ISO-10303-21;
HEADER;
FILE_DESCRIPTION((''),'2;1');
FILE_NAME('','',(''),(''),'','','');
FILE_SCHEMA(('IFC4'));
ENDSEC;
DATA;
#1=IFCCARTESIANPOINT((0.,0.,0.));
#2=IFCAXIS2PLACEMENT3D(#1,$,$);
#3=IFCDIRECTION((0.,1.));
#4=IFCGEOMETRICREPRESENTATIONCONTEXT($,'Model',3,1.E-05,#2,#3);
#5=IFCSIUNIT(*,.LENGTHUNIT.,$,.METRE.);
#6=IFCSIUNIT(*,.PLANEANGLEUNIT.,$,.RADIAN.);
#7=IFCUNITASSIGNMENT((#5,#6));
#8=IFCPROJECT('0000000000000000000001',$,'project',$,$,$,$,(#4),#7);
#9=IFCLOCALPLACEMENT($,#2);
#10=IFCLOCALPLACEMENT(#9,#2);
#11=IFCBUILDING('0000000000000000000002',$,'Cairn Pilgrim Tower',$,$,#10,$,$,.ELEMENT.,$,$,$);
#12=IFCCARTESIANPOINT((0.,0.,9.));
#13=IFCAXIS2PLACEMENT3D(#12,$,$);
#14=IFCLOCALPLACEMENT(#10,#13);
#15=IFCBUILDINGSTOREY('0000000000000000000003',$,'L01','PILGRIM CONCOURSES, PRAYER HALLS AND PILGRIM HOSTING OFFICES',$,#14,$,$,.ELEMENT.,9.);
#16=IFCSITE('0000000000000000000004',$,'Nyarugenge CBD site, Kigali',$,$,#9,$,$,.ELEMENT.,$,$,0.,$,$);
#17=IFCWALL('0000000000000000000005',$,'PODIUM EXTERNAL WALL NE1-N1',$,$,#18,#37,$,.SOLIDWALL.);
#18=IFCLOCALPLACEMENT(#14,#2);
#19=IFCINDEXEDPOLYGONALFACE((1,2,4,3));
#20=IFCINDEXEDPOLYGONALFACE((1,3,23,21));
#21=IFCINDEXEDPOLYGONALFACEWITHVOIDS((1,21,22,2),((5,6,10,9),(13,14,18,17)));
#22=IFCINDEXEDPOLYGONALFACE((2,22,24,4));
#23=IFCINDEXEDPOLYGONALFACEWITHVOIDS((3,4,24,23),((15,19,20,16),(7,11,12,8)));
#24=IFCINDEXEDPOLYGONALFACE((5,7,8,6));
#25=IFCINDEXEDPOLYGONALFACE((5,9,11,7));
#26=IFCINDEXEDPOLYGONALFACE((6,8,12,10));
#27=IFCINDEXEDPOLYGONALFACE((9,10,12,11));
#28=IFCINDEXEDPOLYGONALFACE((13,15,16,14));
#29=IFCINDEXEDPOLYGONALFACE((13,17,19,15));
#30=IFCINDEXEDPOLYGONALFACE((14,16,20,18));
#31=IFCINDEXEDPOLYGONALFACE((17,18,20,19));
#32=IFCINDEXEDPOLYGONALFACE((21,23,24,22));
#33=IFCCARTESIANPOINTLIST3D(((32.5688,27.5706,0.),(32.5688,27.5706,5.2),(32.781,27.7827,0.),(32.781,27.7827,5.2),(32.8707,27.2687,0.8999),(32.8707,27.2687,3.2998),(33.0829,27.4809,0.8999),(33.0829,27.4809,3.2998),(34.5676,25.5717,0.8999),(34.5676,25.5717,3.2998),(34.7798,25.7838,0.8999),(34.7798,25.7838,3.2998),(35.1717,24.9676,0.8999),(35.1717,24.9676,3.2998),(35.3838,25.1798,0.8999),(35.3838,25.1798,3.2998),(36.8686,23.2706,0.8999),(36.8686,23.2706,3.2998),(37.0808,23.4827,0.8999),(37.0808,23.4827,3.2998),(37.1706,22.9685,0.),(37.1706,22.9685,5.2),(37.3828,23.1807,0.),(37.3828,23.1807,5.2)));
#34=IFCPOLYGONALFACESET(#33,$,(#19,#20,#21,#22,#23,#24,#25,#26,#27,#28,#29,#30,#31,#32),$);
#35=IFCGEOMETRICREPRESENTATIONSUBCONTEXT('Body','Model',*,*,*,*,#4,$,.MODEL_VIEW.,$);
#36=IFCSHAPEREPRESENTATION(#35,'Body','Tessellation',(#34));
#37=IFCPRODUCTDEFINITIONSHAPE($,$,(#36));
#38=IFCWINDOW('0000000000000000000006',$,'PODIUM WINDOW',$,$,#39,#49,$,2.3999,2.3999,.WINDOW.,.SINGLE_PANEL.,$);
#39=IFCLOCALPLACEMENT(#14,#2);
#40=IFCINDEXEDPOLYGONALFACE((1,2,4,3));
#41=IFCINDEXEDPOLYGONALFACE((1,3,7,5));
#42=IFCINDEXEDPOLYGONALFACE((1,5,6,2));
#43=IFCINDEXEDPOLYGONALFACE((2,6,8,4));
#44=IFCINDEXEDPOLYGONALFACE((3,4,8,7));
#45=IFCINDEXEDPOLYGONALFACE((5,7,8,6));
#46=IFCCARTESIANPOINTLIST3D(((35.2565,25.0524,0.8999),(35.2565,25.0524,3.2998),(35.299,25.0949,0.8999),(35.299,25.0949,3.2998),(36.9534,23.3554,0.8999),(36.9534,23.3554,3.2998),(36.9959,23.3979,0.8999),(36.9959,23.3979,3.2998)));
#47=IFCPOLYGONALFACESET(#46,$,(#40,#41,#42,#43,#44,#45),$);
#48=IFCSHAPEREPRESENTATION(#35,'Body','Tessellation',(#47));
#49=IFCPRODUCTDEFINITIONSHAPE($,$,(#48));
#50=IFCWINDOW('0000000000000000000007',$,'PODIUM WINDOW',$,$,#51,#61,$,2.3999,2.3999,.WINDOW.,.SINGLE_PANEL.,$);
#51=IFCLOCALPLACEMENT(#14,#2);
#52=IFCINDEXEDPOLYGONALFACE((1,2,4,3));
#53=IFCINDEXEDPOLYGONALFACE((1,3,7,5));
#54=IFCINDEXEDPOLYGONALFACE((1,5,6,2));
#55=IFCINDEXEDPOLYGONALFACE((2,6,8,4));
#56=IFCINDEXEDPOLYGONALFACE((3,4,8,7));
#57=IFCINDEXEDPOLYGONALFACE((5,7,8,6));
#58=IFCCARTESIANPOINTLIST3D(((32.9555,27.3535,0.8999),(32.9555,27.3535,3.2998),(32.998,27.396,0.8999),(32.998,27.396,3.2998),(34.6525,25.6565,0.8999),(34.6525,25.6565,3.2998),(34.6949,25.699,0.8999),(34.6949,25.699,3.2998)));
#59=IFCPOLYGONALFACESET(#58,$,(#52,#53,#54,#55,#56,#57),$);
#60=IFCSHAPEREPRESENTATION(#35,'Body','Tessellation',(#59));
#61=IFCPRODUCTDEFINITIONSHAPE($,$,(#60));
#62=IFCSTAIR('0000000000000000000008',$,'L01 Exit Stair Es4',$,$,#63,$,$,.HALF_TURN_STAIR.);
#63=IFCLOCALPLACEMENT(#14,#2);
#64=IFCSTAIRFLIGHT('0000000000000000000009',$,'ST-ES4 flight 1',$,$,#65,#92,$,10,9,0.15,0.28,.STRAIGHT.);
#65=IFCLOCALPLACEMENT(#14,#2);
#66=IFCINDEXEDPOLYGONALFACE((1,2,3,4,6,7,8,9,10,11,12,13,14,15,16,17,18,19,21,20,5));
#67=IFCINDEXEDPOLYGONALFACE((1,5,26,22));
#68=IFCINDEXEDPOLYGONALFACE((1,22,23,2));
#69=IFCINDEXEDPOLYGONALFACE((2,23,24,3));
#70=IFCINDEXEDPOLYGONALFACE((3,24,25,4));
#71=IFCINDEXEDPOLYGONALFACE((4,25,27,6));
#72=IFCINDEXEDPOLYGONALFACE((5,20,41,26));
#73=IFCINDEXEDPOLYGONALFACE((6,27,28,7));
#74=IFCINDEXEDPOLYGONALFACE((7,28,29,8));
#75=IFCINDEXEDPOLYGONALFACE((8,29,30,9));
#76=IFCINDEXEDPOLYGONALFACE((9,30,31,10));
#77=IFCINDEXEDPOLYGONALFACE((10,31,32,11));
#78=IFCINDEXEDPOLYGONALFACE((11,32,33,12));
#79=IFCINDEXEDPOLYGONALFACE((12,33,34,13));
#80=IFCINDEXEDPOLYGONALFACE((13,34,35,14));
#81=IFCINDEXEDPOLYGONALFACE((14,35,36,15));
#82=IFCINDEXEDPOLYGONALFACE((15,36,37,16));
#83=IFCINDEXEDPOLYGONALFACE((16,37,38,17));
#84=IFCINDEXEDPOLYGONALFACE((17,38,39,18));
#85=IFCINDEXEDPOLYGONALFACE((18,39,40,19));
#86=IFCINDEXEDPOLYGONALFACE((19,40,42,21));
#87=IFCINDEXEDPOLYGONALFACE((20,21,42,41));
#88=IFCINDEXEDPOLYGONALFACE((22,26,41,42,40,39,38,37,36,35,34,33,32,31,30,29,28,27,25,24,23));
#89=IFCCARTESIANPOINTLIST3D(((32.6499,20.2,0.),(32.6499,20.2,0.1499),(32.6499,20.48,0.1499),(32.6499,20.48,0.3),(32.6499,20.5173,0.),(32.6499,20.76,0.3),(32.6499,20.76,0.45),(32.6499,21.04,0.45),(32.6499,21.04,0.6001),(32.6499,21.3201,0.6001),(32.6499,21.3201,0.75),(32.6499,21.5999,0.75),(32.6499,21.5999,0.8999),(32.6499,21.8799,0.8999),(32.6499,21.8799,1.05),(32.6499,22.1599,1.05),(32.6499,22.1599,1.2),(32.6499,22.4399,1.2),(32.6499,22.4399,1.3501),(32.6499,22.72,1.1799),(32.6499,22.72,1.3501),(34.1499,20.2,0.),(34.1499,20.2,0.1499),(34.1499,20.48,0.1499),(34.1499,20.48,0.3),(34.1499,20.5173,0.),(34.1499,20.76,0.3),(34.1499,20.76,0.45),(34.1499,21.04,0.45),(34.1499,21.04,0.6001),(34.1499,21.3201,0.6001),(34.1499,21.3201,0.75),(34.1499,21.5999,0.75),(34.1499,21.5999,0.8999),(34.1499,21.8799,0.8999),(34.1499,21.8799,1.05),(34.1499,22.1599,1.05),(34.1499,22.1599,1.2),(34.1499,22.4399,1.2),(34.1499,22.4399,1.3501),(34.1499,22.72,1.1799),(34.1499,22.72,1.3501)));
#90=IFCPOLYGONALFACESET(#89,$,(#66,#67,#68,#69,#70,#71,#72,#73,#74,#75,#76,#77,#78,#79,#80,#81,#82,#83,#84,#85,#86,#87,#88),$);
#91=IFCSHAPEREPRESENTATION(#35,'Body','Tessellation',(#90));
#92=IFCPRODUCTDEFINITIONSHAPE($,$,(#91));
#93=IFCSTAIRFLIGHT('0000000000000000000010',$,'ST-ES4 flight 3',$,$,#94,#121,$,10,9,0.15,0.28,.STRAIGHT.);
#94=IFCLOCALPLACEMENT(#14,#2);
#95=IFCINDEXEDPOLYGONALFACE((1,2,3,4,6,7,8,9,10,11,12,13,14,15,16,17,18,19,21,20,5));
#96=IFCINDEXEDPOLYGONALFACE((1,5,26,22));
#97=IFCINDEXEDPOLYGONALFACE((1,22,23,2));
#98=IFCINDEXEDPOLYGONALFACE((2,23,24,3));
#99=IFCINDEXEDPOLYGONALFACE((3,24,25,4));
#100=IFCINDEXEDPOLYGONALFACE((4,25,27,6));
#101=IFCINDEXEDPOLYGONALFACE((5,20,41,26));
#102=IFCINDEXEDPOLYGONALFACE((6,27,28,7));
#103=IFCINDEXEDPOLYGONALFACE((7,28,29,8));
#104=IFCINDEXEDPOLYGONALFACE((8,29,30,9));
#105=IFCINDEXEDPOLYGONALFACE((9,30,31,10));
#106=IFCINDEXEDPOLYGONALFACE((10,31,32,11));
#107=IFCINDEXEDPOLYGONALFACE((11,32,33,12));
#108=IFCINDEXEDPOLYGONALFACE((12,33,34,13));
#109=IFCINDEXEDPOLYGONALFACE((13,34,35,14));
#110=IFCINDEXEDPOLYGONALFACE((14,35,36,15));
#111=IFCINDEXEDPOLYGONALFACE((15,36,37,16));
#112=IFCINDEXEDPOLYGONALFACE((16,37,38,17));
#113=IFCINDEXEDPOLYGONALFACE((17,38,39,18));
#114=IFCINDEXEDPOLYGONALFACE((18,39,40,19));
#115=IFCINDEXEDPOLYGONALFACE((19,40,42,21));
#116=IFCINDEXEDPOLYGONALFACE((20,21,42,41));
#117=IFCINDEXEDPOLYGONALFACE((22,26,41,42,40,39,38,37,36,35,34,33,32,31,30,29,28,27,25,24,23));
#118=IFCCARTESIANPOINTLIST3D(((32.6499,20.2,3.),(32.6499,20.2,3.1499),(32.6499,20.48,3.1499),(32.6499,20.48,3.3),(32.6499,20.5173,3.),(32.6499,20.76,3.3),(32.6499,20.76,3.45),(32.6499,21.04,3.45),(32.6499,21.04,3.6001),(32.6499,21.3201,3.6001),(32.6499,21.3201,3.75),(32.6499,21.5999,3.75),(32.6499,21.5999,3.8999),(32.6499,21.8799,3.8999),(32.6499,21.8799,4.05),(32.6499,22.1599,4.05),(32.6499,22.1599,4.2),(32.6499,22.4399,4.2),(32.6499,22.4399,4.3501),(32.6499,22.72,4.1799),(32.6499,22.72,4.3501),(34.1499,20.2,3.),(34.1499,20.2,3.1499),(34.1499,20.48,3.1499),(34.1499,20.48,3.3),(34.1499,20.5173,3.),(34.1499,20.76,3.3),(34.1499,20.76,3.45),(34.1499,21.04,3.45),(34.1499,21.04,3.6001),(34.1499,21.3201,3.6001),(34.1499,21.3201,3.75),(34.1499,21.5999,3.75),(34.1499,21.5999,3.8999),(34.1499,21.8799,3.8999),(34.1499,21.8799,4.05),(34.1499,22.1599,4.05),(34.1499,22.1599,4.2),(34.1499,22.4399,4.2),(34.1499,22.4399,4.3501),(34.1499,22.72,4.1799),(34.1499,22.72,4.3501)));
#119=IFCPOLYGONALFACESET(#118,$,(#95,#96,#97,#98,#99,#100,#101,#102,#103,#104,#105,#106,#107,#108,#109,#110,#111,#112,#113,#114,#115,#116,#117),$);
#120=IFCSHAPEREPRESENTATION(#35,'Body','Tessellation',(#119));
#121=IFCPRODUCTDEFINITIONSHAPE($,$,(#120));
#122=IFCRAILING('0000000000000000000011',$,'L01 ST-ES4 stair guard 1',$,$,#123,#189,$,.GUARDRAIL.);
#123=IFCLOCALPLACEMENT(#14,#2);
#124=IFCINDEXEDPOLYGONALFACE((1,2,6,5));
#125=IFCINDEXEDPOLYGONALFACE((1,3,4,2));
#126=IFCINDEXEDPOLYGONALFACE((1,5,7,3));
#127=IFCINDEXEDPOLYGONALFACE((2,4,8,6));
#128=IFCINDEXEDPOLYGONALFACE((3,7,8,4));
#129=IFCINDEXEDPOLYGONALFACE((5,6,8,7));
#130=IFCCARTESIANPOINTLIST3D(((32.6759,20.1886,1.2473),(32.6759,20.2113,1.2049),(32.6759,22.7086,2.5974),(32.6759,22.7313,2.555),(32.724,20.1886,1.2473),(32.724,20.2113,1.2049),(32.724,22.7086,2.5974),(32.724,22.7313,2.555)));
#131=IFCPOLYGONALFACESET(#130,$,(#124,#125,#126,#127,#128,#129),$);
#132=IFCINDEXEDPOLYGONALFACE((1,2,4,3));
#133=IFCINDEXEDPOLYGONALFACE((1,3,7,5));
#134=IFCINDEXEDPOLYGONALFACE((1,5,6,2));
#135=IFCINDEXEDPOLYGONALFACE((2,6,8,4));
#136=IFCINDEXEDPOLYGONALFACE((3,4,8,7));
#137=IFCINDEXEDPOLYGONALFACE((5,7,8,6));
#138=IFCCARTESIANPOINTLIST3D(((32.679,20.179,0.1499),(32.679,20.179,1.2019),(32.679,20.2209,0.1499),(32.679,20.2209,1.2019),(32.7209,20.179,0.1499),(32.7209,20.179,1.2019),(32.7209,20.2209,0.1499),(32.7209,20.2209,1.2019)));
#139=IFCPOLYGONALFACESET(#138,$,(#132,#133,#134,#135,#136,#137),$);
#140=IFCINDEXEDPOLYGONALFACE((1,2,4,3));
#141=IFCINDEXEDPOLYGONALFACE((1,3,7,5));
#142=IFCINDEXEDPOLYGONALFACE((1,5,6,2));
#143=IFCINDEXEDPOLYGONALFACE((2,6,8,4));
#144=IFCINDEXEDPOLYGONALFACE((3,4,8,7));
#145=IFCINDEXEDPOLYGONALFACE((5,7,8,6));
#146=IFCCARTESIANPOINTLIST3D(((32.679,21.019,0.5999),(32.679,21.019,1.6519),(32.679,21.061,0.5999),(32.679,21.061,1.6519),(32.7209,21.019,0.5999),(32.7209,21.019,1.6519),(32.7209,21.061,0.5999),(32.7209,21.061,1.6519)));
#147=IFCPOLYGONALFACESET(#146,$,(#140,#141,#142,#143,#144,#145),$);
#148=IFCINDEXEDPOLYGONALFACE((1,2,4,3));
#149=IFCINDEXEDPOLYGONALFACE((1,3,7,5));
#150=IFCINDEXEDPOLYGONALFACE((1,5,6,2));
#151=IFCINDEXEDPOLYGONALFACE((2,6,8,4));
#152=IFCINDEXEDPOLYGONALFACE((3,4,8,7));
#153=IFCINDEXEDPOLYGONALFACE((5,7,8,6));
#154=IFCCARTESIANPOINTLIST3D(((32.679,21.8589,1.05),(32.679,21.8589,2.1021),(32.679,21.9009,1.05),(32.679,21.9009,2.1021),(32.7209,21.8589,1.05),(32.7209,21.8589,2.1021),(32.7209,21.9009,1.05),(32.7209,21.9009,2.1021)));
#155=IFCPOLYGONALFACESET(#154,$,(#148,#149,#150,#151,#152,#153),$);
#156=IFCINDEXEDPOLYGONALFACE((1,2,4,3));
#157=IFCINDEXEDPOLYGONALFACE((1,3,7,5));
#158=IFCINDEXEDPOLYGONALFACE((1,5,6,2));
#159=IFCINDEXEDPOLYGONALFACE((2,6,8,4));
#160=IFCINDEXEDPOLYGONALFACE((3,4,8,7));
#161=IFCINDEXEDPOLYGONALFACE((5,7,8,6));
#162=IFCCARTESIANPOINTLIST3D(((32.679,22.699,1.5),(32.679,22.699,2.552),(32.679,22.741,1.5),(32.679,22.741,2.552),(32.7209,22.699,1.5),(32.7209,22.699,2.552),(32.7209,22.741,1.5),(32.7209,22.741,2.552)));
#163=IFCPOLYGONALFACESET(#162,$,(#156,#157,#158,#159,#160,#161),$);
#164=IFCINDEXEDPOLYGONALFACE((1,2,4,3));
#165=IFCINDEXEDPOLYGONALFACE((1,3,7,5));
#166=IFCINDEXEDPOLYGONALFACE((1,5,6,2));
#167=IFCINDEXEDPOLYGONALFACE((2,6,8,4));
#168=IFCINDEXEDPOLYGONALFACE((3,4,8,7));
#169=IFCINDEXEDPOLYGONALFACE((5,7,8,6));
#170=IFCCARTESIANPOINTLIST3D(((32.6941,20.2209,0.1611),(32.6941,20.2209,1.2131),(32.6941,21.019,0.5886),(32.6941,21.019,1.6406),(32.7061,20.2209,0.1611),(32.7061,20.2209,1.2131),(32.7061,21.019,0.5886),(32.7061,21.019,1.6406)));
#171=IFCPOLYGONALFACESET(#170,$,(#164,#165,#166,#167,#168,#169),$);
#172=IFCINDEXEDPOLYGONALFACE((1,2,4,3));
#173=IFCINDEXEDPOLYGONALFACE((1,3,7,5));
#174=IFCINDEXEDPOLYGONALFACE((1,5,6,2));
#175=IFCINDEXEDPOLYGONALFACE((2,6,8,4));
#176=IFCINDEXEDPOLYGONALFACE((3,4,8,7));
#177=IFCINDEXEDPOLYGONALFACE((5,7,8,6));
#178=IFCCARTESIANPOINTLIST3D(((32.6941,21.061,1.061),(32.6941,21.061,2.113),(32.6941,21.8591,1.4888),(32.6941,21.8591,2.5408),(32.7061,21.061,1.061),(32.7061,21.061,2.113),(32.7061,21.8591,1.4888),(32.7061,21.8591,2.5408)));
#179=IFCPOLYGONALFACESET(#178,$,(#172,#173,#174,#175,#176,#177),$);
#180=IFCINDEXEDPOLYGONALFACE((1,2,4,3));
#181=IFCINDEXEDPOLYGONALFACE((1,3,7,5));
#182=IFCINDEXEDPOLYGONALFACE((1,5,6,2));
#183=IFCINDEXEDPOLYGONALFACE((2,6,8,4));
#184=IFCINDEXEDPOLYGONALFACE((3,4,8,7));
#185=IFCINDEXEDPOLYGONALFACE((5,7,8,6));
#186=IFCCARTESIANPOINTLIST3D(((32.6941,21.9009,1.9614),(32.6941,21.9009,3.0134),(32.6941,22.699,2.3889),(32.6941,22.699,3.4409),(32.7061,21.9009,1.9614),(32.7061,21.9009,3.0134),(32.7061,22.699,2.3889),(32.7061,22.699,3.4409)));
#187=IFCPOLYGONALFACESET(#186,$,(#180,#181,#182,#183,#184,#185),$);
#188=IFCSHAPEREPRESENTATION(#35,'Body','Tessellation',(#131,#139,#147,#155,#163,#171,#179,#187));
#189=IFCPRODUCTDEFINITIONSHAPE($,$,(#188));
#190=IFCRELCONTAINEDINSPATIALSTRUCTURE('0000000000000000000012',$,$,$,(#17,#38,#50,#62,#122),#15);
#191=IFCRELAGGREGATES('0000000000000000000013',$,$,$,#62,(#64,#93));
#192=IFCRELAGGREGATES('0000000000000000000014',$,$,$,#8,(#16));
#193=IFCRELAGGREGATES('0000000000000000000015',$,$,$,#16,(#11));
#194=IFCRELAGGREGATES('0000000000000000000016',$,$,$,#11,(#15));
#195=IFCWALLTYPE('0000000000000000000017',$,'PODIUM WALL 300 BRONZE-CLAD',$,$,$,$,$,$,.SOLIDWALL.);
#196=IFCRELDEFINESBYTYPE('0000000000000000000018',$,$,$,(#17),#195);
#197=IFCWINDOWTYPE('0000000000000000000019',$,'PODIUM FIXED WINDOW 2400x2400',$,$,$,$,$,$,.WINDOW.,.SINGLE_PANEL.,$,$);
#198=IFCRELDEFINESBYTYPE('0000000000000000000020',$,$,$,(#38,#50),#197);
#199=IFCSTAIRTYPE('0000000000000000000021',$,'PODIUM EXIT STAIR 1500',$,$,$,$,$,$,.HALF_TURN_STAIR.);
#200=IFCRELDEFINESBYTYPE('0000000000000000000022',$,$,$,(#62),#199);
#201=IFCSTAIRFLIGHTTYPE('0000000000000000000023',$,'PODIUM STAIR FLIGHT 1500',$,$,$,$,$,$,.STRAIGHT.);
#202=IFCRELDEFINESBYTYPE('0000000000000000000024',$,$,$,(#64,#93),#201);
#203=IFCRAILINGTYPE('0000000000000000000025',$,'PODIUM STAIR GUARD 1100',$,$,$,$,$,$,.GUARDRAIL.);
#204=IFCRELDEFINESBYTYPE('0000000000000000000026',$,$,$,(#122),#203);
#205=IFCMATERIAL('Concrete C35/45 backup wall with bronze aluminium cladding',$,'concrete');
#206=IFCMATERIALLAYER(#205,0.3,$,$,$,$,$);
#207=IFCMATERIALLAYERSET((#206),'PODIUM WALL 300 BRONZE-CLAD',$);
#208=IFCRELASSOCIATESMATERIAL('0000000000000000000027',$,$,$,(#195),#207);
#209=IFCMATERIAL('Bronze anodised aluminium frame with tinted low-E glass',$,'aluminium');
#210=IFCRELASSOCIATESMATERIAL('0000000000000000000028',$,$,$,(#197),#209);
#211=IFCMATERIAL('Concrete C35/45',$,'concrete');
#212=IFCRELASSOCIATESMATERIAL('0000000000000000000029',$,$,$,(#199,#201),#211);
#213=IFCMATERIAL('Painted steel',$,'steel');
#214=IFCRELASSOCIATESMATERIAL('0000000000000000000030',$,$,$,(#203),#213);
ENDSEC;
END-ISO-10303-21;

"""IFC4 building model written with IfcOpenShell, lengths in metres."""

from ifc_helpers import new_model, si_unit, direction, frame, frame_2d, origin, origin_2d, place, context, subcontext, project, spatial, polyline, rectangle, outline, extrude, material, layer, layer_set, type_object, element, fill, aggregate, save


model = new_model("IFC4")

# Units and contexts
model_context = context("Model", 3, precision=1e-05, world=origin(), true_north=direction((0.0, 1.0)))
body_context = subcontext(model_context, "Body", "Model", "MODEL_VIEW")
ifc_project = project(units=[si_unit("LENGTHUNIT", "METRE"), si_unit("PLANEANGLEUNIT", "RADIAN")], contexts=[model_context])

# Site, building, storey
site_placement = place(None, origin())
site = spatial("IfcSite", under=ifc_project, at=site_placement, Name="Nyarugenge CBD site, Kigali", CompositionType="ELEMENT", RefElevation=0.0)
building_placement = place(site_placement, origin())
building = spatial("IfcBuilding", under=site, at=building_placement, Name="Cairn Pilgrim Tower", CompositionType="ELEMENT")
storey_placement = place(building_placement, frame((0.0, 0.0, 9.0)))
storey = spatial("IfcBuildingStorey", under=building, at=storey_placement, Name="L01", Description="PILGRIM CONCOURSES, PRAYER HALLS AND PILGRIM HOSTING OFFICES", CompositionType="ELEMENT", Elevation=9.0)

# Shared definitions
ifc_material_1 = material(Name="Concrete C35/45", Category="concrete")

# Wall, openings, windows
ifc_material_2 = material(Name="Concrete C35/45 backup wall with bronze aluminium cladding", Category="concrete")
ifc_layer_1 = layer(ifc_material_2, 0.3)
ifc_layer_set_1 = layer_set([ifc_layer_1], Name="PODIUM WALL 300 BRONZE-CLAD")
wall_type_1 = type_object("IfcWallType", Name="PODIUM WALL 300 BRONZE-CLAD", PredefinedType="SOLIDWALL", material=ifc_layer_set_1)
ifc_material_3 = material(Name="Bronze anodised aluminium frame with tinted low-E glass", Category="aluminium")
window_type = type_object("IfcWindowType", Name="PODIUM FIXED WINDOW 2400x2400", PartitioningType="SINGLE_PANEL", PredefinedType="WINDOW", material=ifc_material_3)
wall_1_placement = place(storey_placement, frame((37.2766, 23.0747, 0.0), z_axis=(0.0, 0.0, 1.0), x_axis=(-0.707088, 0.707126, 0.0)))
wall_1 = element("IfcWall", 1, at=wall_1_placement, inside=storey, type_object=wall_type_1, Name="PODIUM EXTERNAL WALL NE1-N1", PredefinedType="SOLIDWALL", context=body_context, shape_type="SweptSolid", body=[
    extrude(rectangle(XDim=6.5081, YDim=0.3, at=frame_2d((3.2539, 0.0))), origin(), (0.0, 0.0, 1.0), 5.2),
])
opening_1_placement = place(wall_1_placement, frame((0.427, 0.0, 0.8999)))
opening_1 = element("IfcOpeningElement", 2, at=opening_1_placement, cuts=wall_1, PredefinedType="OPENING", context=body_context, shape_type="SweptSolid", body=[
    extrude(rectangle(XDim=2.3999, YDim=2.3999, at=frame_2d((1.2, 1.2))), frame((0.0, 0.1602, 0.0), z_axis=(0.0, -1.0, 0.0), x_axis=(1.0, 0.0, 0.0)), (0.0, 0.0, 1.0), 0.3201),
])
opening_2_placement = place(wall_1_placement, frame((3.6812, 0.0, 0.8999)))
opening_2 = element("IfcOpeningElement", 3, at=opening_2_placement, cuts=wall_1, PredefinedType="OPENING", context=body_context, shape_type="SweptSolid", body=[
    extrude(rectangle(XDim=2.3999, YDim=2.3999, at=frame_2d((1.2, 1.2))), frame((0.0, 0.1602, 0.0), z_axis=(0.0, -1.0, 0.0), x_axis=(1.0, 0.0, 0.0)), (0.0, 0.0, 1.0), 0.3201),
])
window_1_placement = place(opening_1_placement, origin())
window_1 = element("IfcWindow", 4, at=window_1_placement, inside=storey, type_object=window_type, Name="PODIUM WINDOW", OverallHeight=2.3999, OverallWidth=2.3999, PartitioningType="SINGLE_PANEL", PredefinedType="WINDOW", context=body_context, shape_type="SweptSolid", body=[
    extrude(rectangle(XDim=2.3999, YDim=2.3999, at=frame_2d((1.2, 1.2))), frame((0.0, 0.03, 0.0), z_axis=(0.0, -1.0, 0.0), x_axis=(1.0, 0.0, 0.0)), (0.0, 0.0, 1.0), 0.0601),
])
fill(opening_1, window_1)
window_2_placement = place(opening_2_placement, origin())
window_2 = element("IfcWindow", 5, at=window_2_placement, inside=storey, type_object=window_type, Name="PODIUM WINDOW", OverallHeight=2.3999, OverallWidth=2.3999, PartitioningType="SINGLE_PANEL", PredefinedType="WINDOW", context=body_context, shape_type="SweptSolid", body=[
    extrude(rectangle(XDim=2.3999, YDim=2.3999, at=frame_2d((1.2, 1.2))), frame((0.0, 0.03, 0.0), z_axis=(0.0, -1.0, 0.0), x_axis=(1.0, 0.0, 0.0)), (0.0, 0.0, 1.0), 0.0601),
])
fill(opening_2, window_2)

# Stair, stair flights
stair_type = type_object("IfcStairType", Name="PODIUM EXIT STAIR 1500", PredefinedType="HALF_TURN_STAIR", material=ifc_material_1)
stair_placement = place(storey_placement, origin())
stair = element("IfcStair", 6, at=stair_placement, inside=storey, type_object=stair_type, Name="L01 Exit Stair Es4", PredefinedType="HALF_TURN_STAIR")
stair_flight_type = type_object("IfcStairFlightType", Name="PODIUM STAIR FLIGHT 1500", PredefinedType="STRAIGHT", material=ifc_material_1)
stair_flight_1_placement = place(storey_placement, frame((33.3999, 20.2, 0.0), z_axis=(0.0, 0.0, 1.0), x_axis=(0.0, 1.0, 0.0)))
stair_flight_1 = element("IfcStairFlight", 7, at=stair_flight_1_placement, type_object=stair_flight_type, Name="ST-ES4 flight 1", NumberOfRisers=10, NumberOfTreads=9, PredefinedType="STRAIGHT", RiserHeight=0.15, TreadLength=0.28, context=body_context, shape_type="SweptSolid", body=[
    extrude(outline(polyline([(0.0, 0.0), (0.0, 0.1499), (0.28, 0.1499), (0.28, 0.3), (0.5601, 0.3), (0.5601, 0.45), (0.8401, 0.45), (0.8401, 0.6001), (1.1201, 0.6001), (1.1201, 0.75), (1.3999, 0.75), (1.3999, 0.8999), (1.6799, 0.8999), (1.6799, 1.05), (1.96, 1.05), (1.96, 1.2), (2.24, 1.2), (2.24, 1.3501), (2.52, 1.3501), (2.52, 1.5), (2.52, 1.1799), (0.3174, 0.0), (0.0, 0.0)])), frame((0.0, 0.75, 0.0), z_axis=(0.0, -1.0, 0.0), x_axis=(1.0, 0.0, 0.0)), (0.0, 0.0, 1.0), 1.5),
])
stair_flight_2_placement = place(storey_placement, frame((33.3999, 20.2, 3.0), z_axis=(0.0, 0.0, 1.0), x_axis=(0.0, 1.0, 0.0)))
stair_flight_2 = element("IfcStairFlight", 8, at=stair_flight_2_placement, type_object=stair_flight_type, Name="ST-ES4 flight 3", NumberOfRisers=10, NumberOfTreads=9, PredefinedType="STRAIGHT", RiserHeight=0.15, TreadLength=0.28, context=body_context, shape_type="SweptSolid", body=[
    extrude(outline(polyline([(0.0, 0.0), (0.0, 0.1499), (0.28, 0.1499), (0.28, 0.3), (0.5601, 0.3), (0.5601, 0.45), (0.8401, 0.45), (0.8401, 0.6001), (1.1201, 0.6001), (1.1201, 0.75), (1.3999, 0.75), (1.3999, 0.8999), (1.6799, 0.8999), (1.6799, 1.05), (1.96, 1.05), (1.96, 1.2), (2.24, 1.2), (2.24, 1.3501), (2.52, 1.3501), (2.52, 1.5), (2.52, 1.1799), (0.3174, 0.0), (0.0, 0.0)])), frame((0.0, 0.75, 0.0), z_axis=(0.0, -1.0, 0.0), x_axis=(1.0, 0.0, 0.0)), (0.0, 0.0, 1.0), 1.5),
])
aggregate(stair, [stair_flight_1, stair_flight_2])

# Railing
ifc_material_4 = material(Name="Painted steel", Category="steel")
railing_type_1 = type_object("IfcRailingType", Name="PODIUM STAIR GUARD 1100", PredefinedType="GUARDRAIL", material=ifc_material_4)
railing_1_placement = place(storey_placement, frame((32.7, 20.2, 0.1499)))
element("IfcRailing", 9, at=railing_1_placement, inside=storey, type_object=railing_type_1, Name="L01 ST-ES4 stair guard 1", PredefinedType="GUARDRAIL", context=body_context, shape_type="SweptSolid", body=[
    extrude(rectangle(XDim=0.0481, YDim=0.0481, at=origin_2d()), frame((0.0, 0.0, 1.0762), z_axis=(0.0, 0.881467, 0.472245), x_axis=(-1.0, 0.0, 0.0)), (0.0, 0.0, 1.0), 2.8589),
    extrude(rectangle(XDim=0.042, YDim=0.042, at=origin_2d()), origin(), (0.0, 0.0, 1.0), 1.052),
    extrude(rectangle(XDim=0.042, YDim=0.042, at=origin_2d()), frame((0.0, 0.8401, 0.45)), (0.0, 0.0, 1.0), 1.052),
    extrude(rectangle(XDim=0.042, YDim=0.042, at=origin_2d()), frame((0.0, 1.6799, 0.9001)), (0.0, 0.0, 1.0), 1.052),
    extrude(rectangle(XDim=0.042, YDim=0.042, at=origin_2d()), frame((0.0, 2.52, 1.3501)), (0.0, 0.0, 1.0), 1.052),
    extrude(outline(polyline([(0.021, 0.0112), (0.8191, 0.4387), (0.8191, 1.4907), (0.021, 1.0632), (0.021, 0.0112)])), frame((-0.0059, 0.0, 0.0), z_axis=(1.0, 0.0, 0.0), x_axis=(0.0, 1.0, 0.0)), (0.0, 0.0, 1.0), 0.012),
    extrude(outline(polyline([(0.021, 0.4612), (0.8191, 0.8889), (0.8191, 1.9409), (0.021, 1.5132), (0.021, 0.4612)])), frame((-0.0059, 0.8401, 0.45), z_axis=(1.0, 0.0, 0.0), x_axis=(0.0, 1.0, 0.0)), (0.0, 0.0, 1.0), 0.012),
    extrude(outline(polyline([(0.021, 0.9114), (0.8191, 1.3389), (0.8191, 2.3909), (0.021, 1.9634), (0.021, 0.9114)])), frame((-0.0059, 1.6799, 0.9001), z_axis=(1.0, 0.0, 0.0), x_axis=(0.0, 1.0, 0.0)), (0.0, 0.0, 1.0), 0.012),
])

save(model, "model.ifc")
